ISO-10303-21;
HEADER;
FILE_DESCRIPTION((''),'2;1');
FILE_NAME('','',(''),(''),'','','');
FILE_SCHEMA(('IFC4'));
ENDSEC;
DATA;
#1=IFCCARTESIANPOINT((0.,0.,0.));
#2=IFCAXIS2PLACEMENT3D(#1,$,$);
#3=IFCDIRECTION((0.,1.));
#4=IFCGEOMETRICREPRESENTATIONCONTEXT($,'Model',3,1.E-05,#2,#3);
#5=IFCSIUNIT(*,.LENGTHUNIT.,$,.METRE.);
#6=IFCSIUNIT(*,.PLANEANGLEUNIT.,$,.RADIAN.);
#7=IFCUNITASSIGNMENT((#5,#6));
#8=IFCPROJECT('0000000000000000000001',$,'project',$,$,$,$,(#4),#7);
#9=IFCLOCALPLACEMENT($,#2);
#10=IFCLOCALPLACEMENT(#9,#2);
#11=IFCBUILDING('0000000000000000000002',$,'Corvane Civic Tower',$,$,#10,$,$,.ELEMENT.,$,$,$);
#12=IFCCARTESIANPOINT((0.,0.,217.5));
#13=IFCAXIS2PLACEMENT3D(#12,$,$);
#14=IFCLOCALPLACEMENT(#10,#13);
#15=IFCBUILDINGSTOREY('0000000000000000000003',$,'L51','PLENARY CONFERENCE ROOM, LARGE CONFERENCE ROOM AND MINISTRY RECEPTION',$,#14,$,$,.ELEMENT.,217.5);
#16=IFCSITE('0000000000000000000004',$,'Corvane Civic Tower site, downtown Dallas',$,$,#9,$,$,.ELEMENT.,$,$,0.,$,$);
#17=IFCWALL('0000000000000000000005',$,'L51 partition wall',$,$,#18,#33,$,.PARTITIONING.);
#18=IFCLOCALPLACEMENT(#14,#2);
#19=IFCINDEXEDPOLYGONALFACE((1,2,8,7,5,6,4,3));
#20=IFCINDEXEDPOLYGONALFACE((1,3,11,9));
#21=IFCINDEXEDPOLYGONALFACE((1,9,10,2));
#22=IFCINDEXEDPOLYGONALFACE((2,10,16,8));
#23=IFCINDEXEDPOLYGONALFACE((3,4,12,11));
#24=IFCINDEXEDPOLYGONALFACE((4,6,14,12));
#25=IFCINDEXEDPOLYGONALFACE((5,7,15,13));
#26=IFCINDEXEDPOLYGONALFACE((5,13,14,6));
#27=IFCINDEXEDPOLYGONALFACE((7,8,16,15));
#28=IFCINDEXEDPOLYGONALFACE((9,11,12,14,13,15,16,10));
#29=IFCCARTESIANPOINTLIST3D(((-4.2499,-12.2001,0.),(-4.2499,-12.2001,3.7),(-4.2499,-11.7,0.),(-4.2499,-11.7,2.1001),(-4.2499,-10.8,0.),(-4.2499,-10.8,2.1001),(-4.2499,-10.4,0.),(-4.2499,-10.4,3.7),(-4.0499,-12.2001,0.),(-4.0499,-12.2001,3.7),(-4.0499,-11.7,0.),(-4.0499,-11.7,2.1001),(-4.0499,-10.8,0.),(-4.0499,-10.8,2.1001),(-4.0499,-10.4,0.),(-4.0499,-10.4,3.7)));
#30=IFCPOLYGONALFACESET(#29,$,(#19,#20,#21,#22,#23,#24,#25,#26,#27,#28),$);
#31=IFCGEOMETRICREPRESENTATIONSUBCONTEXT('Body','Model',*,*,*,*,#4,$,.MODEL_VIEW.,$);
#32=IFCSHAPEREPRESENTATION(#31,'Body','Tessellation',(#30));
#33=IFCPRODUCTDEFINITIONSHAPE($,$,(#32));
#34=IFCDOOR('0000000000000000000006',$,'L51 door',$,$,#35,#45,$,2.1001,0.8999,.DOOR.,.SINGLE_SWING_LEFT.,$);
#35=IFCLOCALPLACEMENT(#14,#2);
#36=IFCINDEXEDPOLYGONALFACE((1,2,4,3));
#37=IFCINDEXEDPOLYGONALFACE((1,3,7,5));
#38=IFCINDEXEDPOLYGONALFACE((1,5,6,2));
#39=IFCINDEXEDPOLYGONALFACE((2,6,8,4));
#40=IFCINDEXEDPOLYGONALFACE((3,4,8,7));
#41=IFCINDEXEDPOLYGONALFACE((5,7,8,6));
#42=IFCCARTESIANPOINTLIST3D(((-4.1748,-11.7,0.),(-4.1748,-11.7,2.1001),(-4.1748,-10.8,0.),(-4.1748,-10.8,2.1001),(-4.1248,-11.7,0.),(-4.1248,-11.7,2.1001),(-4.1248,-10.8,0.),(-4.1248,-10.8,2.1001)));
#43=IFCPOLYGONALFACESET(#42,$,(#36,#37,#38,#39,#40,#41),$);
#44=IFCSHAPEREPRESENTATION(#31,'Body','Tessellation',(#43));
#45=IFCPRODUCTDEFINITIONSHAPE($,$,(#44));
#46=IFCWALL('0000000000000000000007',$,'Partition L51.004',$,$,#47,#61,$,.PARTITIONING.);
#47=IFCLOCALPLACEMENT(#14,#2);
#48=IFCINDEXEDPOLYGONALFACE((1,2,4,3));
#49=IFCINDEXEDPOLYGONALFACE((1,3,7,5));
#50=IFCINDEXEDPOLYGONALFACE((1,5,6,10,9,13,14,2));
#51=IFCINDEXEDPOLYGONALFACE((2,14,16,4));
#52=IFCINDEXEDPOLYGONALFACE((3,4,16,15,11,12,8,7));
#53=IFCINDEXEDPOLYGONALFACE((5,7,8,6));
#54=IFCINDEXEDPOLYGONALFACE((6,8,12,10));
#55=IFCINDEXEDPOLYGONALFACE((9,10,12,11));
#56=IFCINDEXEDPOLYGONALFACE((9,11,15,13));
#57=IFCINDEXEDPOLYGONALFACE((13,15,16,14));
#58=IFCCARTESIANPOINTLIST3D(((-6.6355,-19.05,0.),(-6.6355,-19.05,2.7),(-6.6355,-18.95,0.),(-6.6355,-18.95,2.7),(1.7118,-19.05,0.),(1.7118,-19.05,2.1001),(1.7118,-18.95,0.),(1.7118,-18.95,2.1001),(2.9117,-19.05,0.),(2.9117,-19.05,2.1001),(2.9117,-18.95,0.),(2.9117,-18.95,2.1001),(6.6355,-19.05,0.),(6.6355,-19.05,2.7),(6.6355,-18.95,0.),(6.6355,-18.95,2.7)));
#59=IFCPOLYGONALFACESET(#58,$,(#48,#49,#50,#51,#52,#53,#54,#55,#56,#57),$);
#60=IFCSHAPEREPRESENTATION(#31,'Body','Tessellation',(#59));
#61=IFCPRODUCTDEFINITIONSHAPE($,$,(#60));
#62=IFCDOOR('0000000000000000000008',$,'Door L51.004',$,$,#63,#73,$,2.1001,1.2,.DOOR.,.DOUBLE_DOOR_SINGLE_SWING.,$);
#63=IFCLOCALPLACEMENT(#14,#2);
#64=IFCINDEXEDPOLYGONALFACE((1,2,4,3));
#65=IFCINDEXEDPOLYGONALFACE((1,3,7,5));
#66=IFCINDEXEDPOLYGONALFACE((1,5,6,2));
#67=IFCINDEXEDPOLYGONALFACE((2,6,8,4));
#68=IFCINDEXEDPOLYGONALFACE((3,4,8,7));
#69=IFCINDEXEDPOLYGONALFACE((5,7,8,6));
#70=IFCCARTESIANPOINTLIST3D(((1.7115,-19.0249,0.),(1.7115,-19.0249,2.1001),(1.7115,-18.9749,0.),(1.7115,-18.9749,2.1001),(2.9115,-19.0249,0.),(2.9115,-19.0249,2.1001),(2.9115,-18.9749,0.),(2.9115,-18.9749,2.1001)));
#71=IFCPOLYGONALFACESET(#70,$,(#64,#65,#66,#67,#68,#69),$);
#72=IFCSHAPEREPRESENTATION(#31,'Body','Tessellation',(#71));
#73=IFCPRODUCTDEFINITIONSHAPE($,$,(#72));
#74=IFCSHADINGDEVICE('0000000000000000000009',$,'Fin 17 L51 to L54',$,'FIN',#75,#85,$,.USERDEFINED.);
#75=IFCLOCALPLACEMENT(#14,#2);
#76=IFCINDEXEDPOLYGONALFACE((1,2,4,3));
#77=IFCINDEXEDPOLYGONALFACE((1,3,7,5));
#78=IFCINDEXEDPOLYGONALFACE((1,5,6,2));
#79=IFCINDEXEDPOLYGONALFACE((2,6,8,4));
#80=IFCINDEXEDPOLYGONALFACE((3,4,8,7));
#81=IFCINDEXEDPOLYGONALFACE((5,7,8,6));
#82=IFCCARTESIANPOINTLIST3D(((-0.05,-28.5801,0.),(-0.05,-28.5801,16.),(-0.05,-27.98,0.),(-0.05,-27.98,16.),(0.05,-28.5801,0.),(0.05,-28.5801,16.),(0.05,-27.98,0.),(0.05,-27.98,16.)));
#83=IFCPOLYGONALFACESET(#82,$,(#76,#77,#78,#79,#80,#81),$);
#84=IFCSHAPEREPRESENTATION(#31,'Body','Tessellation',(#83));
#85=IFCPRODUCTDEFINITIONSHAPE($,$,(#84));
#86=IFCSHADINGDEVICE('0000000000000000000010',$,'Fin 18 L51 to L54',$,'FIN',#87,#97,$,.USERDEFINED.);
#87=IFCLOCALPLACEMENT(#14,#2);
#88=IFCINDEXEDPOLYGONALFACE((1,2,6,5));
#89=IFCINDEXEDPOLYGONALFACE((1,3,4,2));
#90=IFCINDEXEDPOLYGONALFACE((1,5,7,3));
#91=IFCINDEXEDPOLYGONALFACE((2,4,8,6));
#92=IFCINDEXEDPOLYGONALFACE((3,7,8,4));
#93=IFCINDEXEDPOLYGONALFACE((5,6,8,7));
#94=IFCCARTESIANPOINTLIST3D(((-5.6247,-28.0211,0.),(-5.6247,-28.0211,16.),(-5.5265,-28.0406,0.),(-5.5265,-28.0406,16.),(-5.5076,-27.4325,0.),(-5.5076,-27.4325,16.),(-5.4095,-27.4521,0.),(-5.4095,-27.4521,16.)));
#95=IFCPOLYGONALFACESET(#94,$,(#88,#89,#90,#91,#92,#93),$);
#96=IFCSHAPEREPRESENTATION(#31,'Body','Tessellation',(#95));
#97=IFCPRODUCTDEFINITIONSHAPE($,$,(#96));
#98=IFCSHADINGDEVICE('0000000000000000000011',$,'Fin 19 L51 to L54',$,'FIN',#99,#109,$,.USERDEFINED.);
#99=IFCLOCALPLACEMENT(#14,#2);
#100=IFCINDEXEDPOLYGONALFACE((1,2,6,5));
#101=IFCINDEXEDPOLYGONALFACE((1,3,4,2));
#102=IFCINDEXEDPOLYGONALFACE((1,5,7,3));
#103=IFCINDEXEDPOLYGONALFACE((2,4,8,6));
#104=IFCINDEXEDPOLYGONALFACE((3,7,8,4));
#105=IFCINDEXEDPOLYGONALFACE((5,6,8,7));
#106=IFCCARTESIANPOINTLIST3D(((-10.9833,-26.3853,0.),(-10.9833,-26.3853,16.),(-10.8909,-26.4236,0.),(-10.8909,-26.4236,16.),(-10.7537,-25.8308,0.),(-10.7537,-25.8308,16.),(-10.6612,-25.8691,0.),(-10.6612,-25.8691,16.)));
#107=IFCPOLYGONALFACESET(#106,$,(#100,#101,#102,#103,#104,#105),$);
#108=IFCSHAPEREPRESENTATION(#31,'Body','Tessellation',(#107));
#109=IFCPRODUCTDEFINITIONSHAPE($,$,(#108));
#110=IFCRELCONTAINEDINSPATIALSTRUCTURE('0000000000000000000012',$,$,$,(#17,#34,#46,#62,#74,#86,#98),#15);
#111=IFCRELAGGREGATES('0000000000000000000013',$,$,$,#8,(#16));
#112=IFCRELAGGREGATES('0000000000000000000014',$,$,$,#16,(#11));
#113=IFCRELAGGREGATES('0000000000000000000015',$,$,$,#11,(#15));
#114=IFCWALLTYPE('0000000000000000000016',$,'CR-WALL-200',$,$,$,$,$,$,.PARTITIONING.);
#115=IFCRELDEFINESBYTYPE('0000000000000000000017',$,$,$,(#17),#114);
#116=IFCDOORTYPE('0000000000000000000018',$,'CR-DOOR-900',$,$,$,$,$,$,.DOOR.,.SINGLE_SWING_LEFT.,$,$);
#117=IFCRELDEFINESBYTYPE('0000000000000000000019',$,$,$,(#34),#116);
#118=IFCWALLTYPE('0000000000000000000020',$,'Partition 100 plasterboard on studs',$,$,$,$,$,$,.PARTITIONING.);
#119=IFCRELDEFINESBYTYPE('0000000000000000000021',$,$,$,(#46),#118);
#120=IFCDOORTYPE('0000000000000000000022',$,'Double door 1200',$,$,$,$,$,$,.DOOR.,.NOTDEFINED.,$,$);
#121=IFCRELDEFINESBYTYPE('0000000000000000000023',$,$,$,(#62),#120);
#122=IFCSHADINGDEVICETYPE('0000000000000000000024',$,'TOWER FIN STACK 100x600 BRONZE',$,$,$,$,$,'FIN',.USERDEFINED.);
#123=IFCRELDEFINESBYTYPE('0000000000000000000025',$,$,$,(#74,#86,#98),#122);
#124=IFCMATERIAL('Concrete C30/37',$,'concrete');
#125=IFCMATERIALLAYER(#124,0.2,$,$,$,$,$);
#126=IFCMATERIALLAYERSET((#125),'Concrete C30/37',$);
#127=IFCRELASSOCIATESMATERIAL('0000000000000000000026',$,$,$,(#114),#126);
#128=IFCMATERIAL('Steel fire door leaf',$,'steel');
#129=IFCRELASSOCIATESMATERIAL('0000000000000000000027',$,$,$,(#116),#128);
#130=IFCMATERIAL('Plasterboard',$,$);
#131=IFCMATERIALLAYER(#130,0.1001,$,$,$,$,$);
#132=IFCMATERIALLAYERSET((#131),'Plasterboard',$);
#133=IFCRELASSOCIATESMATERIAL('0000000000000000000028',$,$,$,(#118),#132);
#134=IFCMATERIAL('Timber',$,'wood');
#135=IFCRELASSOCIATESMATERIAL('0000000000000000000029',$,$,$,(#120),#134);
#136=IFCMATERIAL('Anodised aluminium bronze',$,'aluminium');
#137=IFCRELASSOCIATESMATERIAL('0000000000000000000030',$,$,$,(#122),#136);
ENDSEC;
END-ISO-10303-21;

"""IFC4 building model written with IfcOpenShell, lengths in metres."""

from ifc_helpers import new_model, si_unit, direction, frame, frame_2d, origin, origin_2d, place, context, subcontext, project, spatial, rectangle, extrude, material, layer, layer_set, material_profile, profile_set, type_object, element, fill, save


model = new_model("IFC4")

# Units and contexts
model_context = context("Model", 3, precision=1e-05, world=origin(), true_north=direction((0.0, 1.0)))
body_context = subcontext(model_context, "Body", "Model", "MODEL_VIEW")
ifc_project = project(units=[si_unit("LENGTHUNIT", "METRE"), si_unit("PLANEANGLEUNIT", "RADIAN")], contexts=[model_context])

# Site, building, storey
site_placement = place(None, origin())
site = spatial("IfcSite", under=ifc_project, at=site_placement, Name="Corvane Civic Tower site, downtown Dallas", CompositionType="ELEMENT", RefElevation=0.0)
building_placement = place(site_placement, origin())
building = spatial("IfcBuilding", under=site, at=building_placement, Name="Corvane Civic Tower", CompositionType="ELEMENT")
storey_placement = place(building_placement, frame((0.0, 0.0, 217.5)))
storey = spatial("IfcBuildingStorey", under=building, at=storey_placement, Name="L51", Description="PLENARY CONFERENCE ROOM, LARGE CONFERENCE ROOM AND MINISTRY RECEPTION", CompositionType="ELEMENT", Elevation=217.5)

# Walls, openings, doors
ifc_material_1 = material(Name="Concrete C30/37", Category="concrete")
ifc_layer_1 = layer(ifc_material_1, 0.2)
ifc_layer_set_1 = layer_set([ifc_layer_1], Name="Concrete C30/37")
wall_type_1 = type_object("IfcWallType", Name="CR-WALL-200", PredefinedType="PARTITIONING", material=ifc_layer_set_1)
wall_1_placement = place(storey_placement, frame((-4.1499, -12.2, 0.0), z_axis=(0.0, 0.0, 1.0), x_axis=(0.0, 1.0, 0.0)))
wall_1 = element("IfcWall", 1, at=wall_1_placement, inside=storey, type_object=wall_type_1, Name="L51 partition wall", PredefinedType="PARTITIONING", context=body_context, shape_type="SweptSolid", body=[
    extrude(rectangle(XDim=1.8, YDim=0.2, at=frame_2d((0.8999, 0.0))), origin(), (0.0, 0.0, 1.0), 3.7),
])
opening_1_placement = place(wall_1_placement, frame((0.5, 0.0, 0.0)))
opening_1 = element("IfcOpeningElement", 2, at=opening_1_placement, cuts=wall_1, PredefinedType="OPENING", context=body_context, shape_type="SweptSolid", body=[
    extrude(rectangle(XDim=0.8999, YDim=2.1001, at=frame_2d((0.45, 1.05))), frame((0.0, 0.1099, 0.0), z_axis=(0.0, -1.0, 0.0), x_axis=(1.0, 0.0, 0.0)), (0.0, 0.0, 1.0), 0.22),
])
ifc_material_2 = material(Name="Steel fire door leaf", Category="steel")
door_type_1 = type_object("IfcDoorType", Name="CR-DOOR-900", OperationType="SINGLE_SWING_LEFT", PredefinedType="DOOR", material=ifc_material_2)
door_1_placement = place(opening_1_placement, origin())
door_1 = element("IfcDoor", 3, at=door_1_placement, inside=storey, type_object=door_type_1, Name="L51 door", OperationType="SINGLE_SWING_LEFT", OverallHeight=2.1001, OverallWidth=0.8999, PredefinedType="DOOR", context=body_context, shape_type="SweptSolid", body=[
    extrude(rectangle(XDim=0.8999, YDim=2.1001, at=frame_2d((0.45, 1.05))), frame((0.0, 0.0249, 0.0), z_axis=(0.0, -1.0, 0.0), x_axis=(1.0, 0.0, 0.0)), (0.0, 0.0, 1.0), 0.05),
])
fill(opening_1, door_1)
ifc_material_3 = material(Name="Plasterboard")
ifc_layer_2 = layer(ifc_material_3, 0.1001)
ifc_layer_set_2 = layer_set([ifc_layer_2], Name="Plasterboard")
wall_type_2 = type_object("IfcWallType", Name="Partition 100 plasterboard on studs", PredefinedType="PARTITIONING", material=ifc_layer_set_2)
wall_2_placement = place(storey_placement, frame((-6.6355, -19.0, 0.0), z_axis=(0.0, 0.0, 1.0), x_axis=(1.0, 0.0, 0.0)))
wall_2 = element("IfcWall", 4, at=wall_2_placement, inside=storey, type_object=wall_type_2, Name="Partition L51.004", PredefinedType="PARTITIONING", context=body_context, shape_type="SweptSolid", body=[
    extrude(rectangle(XDim=13.271, YDim=0.1001, at=frame_2d((6.6355, 0.0))), origin(), (0.0, 0.0, 1.0), 2.7),
])
opening_2_placement = place(wall_2_placement, frame((8.3472, 0.0, 0.0)))
opening_2 = element("IfcOpeningElement", 5, at=opening_2_placement, cuts=wall_2, PredefinedType="OPENING", context=body_context, shape_type="SweptSolid", body=[
    extrude(rectangle(XDim=1.2, YDim=2.1001, at=frame_2d((0.6001, 1.05))), frame((0.0, 0.0601, 0.0), z_axis=(0.0, -1.0, 0.0), x_axis=(1.0, 0.0, 0.0)), (0.0, 0.0, 1.0), 0.1201),
])
ifc_material_4 = material(Name="Timber", Category="wood")
door_type_2 = type_object("IfcDoorType", Name="Double door 1200", OperationType="NOTDEFINED", PredefinedType="DOOR", material=ifc_material_4)
door_2_placement = place(opening_2_placement, frame((1.2, 0.0, 0.0), z_axis=(0.0, 0.0, 1.0), x_axis=(-1.0, 0.0, 0.0)))
door_2 = element("IfcDoor", 6, at=door_2_placement, inside=storey, type_object=door_type_2, Name="Door L51.004", OperationType="DOUBLE_DOOR_SINGLE_SWING", OverallHeight=2.1001, OverallWidth=1.2, PredefinedType="DOOR", context=body_context, shape_type="SweptSolid", body=[
    extrude(rectangle(XDim=1.2, YDim=2.1001, at=frame_2d((0.6001, 1.05))), frame((0.0, 0.0249, 0.0), z_axis=(0.0, -1.0, 0.0), x_axis=(1.0, 0.0, 0.0)), (0.0, 0.0, 1.0), 0.05),
])
fill(opening_2, door_2)

# Shading devices
ifc_material_5 = material(Name="Anodised aluminium bronze", Category="aluminium")
ifc_material_profile_1 = material_profile(ifc_material_5, rectangle(XDim=0.1001, YDim=0.6001, at=origin_2d()), Name="TOWER FIN STACK 100x600 BRONZE")
ifc_profile_set_1 = profile_set([ifc_material_profile_1], Name="Anodised aluminium bronze")
shading_device_type = type_object("IfcShadingDeviceType", Name="TOWER FIN STACK 100x600 BRONZE", ElementType="FIN", PredefinedType="USERDEFINED", material=ifc_profile_set_1)
for number, where, z_axis, x_axis, name in (
    (7, (0.0, -28.28, 0.0), (0.0, 0.0, 1.0), (-1.0, 0.0, 0.0), "Fin 17 L51 to L54"),
    (8, (-5.5171, -27.7366, 0.0), (0.0, 0.0, 1.0), (-0.980785, 0.19509, 0.0), "Fin 18 L51 to L54"),
    (9, (-10.8223, -26.1272, 0.0), (0.0, 0.0, 1.0), (-0.92388, 0.382683, 0.0), "Fin 19 L51 to L54"),
):
    element("IfcShadingDevice", number, at=place(storey_placement, frame(where, z_axis=z_axis, x_axis=x_axis)), inside=storey, type_object=shading_device_type, Name=name, ObjectType="FIN", PredefinedType="USERDEFINED", context=body_context, shape_type="SweptSolid", body=[
        extrude(rectangle(XDim=0.1001, YDim=0.6001, at=origin_2d()), origin(), (0.0, 0.0, 1.0), 16.0),
    ])

save(model, "model.ifc")
